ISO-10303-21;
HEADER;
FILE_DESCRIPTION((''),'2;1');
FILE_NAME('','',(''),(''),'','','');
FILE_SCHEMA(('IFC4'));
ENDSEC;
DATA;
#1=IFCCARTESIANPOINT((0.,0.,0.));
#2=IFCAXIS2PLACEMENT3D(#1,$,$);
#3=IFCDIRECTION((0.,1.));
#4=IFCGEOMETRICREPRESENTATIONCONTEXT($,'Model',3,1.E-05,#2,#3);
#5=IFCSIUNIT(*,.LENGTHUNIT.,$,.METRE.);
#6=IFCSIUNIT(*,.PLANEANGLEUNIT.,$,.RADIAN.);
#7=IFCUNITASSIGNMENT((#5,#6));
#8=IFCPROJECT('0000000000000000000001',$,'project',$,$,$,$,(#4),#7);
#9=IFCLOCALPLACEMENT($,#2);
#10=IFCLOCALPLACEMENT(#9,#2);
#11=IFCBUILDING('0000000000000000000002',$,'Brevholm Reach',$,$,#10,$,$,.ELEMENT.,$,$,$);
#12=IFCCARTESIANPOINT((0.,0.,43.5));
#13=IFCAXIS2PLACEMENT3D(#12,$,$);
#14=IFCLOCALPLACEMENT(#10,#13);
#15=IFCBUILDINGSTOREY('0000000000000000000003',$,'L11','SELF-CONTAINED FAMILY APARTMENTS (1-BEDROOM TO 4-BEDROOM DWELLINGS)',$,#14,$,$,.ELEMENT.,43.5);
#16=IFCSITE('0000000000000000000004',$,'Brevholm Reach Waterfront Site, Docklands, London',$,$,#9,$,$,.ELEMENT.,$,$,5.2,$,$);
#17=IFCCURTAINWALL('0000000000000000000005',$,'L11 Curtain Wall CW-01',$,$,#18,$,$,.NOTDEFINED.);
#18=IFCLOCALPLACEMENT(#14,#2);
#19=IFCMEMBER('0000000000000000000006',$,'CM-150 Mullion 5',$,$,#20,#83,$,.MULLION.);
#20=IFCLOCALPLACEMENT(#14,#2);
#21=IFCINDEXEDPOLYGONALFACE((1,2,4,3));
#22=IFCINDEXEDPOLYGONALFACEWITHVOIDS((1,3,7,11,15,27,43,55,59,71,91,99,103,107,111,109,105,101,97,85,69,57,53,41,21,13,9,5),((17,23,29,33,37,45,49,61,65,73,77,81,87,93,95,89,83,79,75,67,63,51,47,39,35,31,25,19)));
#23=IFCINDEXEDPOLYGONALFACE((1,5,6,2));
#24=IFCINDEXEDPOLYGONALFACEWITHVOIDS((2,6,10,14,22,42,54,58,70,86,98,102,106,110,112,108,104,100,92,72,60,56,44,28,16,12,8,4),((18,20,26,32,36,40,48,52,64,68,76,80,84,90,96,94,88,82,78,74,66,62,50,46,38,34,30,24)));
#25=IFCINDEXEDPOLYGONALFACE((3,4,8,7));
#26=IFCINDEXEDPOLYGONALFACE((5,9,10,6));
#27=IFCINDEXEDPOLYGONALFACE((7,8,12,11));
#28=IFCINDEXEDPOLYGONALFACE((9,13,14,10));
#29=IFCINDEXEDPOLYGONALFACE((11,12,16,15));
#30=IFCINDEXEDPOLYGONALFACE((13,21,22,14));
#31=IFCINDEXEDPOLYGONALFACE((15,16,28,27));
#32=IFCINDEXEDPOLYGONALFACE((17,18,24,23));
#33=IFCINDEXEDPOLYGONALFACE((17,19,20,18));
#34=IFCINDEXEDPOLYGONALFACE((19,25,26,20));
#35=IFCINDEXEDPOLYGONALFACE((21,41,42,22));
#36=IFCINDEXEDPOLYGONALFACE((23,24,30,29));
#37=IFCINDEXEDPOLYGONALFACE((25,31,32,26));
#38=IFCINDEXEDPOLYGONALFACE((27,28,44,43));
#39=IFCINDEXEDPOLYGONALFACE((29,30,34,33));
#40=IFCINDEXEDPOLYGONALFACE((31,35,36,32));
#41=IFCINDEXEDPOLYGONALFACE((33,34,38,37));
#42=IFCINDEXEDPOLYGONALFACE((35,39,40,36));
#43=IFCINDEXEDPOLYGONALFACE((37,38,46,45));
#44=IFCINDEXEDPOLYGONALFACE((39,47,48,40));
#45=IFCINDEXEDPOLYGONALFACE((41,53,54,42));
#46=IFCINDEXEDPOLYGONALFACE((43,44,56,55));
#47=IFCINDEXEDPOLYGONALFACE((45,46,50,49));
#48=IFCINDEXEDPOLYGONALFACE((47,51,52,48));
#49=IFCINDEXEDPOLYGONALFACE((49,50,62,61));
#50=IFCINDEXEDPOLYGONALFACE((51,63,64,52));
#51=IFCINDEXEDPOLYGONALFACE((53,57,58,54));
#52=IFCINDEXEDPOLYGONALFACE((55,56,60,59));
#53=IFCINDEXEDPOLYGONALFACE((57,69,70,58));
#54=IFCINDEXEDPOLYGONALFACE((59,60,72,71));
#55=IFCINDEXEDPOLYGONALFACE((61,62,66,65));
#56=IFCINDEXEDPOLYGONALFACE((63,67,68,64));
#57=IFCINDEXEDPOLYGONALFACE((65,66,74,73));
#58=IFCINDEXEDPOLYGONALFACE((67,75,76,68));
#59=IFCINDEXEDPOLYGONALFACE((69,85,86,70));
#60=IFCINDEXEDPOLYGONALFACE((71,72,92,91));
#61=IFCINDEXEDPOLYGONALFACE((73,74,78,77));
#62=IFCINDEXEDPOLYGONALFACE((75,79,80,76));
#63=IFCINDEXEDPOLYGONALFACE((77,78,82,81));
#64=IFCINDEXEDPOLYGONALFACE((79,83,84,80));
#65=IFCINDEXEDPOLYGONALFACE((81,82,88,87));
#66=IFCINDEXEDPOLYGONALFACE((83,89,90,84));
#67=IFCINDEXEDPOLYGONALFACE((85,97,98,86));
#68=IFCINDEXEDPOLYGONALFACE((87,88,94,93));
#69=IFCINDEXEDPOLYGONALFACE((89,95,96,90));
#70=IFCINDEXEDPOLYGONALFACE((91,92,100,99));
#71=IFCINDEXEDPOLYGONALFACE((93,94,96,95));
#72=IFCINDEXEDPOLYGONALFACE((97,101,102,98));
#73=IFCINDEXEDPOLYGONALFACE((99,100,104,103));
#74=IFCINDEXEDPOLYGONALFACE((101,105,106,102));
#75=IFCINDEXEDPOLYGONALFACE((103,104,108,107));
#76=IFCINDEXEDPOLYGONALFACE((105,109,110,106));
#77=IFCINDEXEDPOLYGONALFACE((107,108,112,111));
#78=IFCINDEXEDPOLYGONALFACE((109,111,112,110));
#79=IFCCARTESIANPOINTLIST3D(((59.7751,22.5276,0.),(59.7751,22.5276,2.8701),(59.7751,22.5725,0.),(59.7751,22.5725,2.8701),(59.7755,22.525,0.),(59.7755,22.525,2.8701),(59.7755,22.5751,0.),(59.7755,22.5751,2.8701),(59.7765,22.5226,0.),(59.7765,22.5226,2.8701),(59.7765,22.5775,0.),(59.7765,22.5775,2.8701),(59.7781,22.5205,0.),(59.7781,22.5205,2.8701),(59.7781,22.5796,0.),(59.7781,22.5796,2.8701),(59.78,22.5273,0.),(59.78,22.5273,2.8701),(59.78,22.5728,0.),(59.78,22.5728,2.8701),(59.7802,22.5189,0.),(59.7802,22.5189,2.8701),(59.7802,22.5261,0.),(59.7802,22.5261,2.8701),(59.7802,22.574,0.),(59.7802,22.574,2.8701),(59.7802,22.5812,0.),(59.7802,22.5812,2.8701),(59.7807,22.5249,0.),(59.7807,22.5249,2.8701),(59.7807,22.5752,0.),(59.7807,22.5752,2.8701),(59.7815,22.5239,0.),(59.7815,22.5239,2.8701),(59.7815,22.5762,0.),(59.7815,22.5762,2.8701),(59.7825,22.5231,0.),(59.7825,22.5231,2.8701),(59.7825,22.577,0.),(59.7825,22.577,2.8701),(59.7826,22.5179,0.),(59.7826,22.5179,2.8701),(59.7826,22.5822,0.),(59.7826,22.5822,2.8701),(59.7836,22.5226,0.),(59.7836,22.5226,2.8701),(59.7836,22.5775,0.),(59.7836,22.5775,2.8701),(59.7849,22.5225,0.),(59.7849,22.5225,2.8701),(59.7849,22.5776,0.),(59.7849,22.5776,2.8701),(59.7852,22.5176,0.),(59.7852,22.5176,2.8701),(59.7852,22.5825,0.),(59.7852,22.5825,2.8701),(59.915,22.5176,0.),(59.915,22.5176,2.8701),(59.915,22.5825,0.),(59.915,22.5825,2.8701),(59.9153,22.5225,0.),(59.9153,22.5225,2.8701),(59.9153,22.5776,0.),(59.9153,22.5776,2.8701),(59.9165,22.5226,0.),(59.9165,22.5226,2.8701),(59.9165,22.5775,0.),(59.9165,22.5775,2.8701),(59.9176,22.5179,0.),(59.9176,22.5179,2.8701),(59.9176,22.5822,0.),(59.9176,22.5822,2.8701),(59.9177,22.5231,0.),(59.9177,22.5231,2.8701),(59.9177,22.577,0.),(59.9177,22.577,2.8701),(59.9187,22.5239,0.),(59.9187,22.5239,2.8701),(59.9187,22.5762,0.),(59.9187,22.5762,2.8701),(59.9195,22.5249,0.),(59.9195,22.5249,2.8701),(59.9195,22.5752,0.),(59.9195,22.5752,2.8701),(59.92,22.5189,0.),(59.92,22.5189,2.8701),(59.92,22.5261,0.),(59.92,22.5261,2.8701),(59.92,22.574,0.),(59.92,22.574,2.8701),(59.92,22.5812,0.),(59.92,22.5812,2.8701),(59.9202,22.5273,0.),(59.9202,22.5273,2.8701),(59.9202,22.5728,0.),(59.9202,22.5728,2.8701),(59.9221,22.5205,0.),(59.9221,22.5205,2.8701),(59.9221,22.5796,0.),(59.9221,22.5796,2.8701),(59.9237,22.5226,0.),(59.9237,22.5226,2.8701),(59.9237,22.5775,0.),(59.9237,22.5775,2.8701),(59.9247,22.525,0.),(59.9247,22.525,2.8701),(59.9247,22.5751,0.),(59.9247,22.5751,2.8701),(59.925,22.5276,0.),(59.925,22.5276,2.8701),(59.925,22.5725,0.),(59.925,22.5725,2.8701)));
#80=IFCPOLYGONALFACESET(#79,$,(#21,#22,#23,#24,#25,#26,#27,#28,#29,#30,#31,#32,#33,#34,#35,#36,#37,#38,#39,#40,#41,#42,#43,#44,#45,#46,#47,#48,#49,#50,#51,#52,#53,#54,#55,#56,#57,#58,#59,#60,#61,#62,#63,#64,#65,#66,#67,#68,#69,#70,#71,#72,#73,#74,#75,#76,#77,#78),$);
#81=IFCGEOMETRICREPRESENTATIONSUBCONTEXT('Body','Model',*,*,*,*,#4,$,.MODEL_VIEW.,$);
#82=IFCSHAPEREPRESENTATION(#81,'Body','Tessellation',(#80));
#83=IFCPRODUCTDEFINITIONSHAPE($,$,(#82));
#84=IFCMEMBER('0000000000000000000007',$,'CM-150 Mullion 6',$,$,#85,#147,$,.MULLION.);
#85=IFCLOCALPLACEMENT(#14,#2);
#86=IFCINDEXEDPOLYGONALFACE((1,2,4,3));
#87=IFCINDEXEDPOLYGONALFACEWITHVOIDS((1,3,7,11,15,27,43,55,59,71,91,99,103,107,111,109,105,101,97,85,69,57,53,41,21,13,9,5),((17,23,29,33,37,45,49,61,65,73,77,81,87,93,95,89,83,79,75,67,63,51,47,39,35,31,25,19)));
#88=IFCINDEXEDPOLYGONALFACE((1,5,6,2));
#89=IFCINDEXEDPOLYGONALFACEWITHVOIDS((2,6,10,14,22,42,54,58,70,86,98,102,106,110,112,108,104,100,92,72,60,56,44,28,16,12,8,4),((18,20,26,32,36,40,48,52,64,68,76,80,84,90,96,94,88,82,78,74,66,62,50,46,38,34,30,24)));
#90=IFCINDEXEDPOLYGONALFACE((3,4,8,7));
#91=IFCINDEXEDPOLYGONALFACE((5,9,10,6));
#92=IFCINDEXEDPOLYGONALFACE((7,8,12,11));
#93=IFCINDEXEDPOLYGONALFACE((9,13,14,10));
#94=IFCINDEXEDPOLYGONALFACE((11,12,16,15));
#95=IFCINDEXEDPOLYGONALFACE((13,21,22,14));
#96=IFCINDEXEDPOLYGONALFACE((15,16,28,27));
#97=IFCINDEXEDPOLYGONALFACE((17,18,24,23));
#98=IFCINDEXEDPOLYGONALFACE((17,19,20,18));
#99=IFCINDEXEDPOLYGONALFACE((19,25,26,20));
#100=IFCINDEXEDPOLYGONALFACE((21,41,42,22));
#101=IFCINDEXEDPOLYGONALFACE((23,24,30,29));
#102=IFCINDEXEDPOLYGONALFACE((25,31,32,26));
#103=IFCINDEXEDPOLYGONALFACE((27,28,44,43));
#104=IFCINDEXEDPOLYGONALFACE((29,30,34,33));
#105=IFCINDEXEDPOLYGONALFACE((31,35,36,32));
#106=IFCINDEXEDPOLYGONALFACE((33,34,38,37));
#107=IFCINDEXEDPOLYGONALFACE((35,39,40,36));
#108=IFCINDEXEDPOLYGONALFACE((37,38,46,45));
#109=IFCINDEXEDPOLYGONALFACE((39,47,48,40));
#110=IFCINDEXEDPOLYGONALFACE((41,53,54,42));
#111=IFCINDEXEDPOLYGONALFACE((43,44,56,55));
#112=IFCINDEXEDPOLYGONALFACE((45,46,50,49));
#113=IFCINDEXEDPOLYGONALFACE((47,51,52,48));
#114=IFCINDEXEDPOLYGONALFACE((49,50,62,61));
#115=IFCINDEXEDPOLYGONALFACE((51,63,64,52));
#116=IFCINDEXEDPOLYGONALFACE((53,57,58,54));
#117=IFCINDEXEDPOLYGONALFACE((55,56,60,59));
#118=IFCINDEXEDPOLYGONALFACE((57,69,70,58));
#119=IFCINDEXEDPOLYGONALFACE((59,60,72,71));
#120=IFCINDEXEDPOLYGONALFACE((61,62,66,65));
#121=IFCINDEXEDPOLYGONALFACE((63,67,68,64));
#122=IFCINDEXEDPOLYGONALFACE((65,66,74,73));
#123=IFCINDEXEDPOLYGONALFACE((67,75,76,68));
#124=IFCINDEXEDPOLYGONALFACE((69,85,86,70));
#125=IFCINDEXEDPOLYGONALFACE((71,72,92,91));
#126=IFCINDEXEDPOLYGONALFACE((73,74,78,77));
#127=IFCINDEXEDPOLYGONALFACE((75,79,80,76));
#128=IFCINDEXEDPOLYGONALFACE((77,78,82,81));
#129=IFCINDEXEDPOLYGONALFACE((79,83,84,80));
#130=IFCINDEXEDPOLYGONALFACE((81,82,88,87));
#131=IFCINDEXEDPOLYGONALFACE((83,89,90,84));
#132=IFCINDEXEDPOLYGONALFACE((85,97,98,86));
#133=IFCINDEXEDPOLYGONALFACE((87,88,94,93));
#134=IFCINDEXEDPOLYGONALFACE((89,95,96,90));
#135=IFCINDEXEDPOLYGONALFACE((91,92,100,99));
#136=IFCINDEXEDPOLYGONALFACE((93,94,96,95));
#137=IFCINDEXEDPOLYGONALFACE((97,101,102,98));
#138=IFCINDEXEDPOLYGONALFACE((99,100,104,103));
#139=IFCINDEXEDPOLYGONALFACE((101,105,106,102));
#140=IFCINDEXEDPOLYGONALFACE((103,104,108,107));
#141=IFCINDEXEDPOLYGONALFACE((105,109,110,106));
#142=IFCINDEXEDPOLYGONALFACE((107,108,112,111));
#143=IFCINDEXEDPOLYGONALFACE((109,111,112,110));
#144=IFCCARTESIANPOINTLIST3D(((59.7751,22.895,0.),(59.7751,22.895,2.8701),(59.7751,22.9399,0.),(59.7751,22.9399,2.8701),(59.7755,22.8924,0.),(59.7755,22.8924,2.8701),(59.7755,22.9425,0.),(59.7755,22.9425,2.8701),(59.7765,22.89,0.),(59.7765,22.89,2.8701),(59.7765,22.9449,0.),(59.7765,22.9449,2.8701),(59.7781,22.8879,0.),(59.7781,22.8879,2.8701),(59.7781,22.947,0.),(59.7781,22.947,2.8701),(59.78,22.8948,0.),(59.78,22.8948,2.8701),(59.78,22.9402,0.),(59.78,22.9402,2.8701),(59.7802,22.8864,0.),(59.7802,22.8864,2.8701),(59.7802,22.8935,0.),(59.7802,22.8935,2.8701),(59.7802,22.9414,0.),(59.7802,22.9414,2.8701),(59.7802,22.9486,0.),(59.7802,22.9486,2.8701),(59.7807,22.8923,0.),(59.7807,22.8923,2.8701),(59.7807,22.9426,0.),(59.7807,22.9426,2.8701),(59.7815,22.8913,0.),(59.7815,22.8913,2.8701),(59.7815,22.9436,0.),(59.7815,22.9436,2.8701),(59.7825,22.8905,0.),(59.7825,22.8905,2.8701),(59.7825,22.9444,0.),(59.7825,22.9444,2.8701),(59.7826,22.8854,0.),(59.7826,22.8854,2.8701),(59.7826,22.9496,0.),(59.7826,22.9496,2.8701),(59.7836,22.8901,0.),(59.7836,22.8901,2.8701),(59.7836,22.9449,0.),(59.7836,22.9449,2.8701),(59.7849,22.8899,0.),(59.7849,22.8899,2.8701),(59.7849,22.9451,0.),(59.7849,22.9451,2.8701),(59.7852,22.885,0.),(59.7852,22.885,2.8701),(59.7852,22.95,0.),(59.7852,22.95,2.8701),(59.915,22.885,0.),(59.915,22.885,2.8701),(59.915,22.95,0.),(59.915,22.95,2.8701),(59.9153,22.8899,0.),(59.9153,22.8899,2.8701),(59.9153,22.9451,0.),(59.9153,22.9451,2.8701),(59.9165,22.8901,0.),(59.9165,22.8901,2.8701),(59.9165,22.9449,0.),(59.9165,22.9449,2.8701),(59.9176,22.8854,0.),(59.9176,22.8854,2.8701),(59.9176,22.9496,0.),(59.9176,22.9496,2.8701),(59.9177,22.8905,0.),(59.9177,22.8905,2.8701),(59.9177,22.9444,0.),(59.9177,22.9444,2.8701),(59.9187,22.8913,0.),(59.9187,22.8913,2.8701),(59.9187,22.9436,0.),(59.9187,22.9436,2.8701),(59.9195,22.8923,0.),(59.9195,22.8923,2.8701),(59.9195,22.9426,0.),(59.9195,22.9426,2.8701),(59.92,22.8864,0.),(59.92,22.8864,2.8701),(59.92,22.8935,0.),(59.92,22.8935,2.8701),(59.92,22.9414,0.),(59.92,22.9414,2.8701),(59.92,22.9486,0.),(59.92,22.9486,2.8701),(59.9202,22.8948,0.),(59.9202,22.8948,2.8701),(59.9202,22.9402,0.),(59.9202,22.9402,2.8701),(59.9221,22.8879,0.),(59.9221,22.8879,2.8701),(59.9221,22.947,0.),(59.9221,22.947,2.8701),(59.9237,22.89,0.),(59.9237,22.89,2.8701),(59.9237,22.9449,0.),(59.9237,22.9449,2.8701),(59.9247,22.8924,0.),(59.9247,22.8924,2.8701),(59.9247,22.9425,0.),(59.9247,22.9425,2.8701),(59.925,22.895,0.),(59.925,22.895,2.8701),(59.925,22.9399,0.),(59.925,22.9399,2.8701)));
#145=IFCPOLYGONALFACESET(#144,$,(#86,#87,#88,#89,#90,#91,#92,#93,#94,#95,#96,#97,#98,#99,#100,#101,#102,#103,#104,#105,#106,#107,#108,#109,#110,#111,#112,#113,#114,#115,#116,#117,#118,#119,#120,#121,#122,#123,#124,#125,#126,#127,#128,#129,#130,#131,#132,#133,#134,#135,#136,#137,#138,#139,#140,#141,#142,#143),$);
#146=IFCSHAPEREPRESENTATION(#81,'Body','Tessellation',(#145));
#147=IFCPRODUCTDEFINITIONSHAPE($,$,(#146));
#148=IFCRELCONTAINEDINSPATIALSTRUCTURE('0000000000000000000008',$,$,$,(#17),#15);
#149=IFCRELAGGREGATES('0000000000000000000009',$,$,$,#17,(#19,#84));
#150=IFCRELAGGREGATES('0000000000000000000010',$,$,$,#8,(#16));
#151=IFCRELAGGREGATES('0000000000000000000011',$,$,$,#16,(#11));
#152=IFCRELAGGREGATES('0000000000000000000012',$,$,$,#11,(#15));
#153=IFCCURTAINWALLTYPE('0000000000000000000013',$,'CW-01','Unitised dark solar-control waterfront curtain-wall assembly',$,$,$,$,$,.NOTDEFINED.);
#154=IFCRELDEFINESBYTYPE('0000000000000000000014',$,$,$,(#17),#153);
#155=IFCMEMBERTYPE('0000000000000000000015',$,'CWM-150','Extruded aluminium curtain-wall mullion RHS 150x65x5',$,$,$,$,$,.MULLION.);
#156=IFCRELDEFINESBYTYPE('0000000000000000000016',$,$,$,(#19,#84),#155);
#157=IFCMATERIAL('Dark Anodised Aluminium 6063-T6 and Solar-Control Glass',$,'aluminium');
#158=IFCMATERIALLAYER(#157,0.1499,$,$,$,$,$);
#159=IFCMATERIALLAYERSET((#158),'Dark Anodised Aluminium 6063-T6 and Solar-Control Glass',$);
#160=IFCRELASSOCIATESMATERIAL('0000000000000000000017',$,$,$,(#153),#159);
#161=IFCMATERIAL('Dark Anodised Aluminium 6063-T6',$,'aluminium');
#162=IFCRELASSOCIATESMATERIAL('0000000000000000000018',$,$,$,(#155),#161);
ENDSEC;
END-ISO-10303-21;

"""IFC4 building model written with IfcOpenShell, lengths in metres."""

from ifc_helpers import new_model, si_unit, direction, frame, origin, origin_2d, place, context, subcontext, project, spatial, hollow_rectangle, extrude, material, layer, layer_set, material_profile, profile_set, type_object, element, aggregate, save


model = new_model("IFC4")

# Units and contexts
model_context = context("Model", 3, precision=1e-05, world=origin(), true_north=direction((0.0, 1.0)))
body_context = subcontext(model_context, "Body", "Model", "MODEL_VIEW")
ifc_project = project(units=[si_unit("LENGTHUNIT", "METRE"), si_unit("PLANEANGLEUNIT", "RADIAN")], contexts=[model_context])

# Site, building, storey
site_placement = place(None, origin())
site = spatial("IfcSite", under=ifc_project, at=site_placement, Name="Brevholm Reach Waterfront Site, Docklands, London", CompositionType="ELEMENT", RefElevation=5.2)
building_placement = place(site_placement, origin())
building = spatial("IfcBuilding", under=site, at=building_placement, Name="Brevholm Reach", CompositionType="ELEMENT")
storey_placement = place(building_placement, frame((0.0, 0.0, 43.5)))
storey = spatial("IfcBuildingStorey", under=building, at=storey_placement, Name="L11", Description="SELF-CONTAINED FAMILY APARTMENTS (1-BEDROOM TO 4-BEDROOM DWELLINGS)", CompositionType="ELEMENT", Elevation=43.5)

# Curtain wall, members
ifc_material_1 = material(Name="Dark Anodised Aluminium 6063-T6 and Solar-Control Glass", Category="aluminium")
ifc_layer_1 = layer(ifc_material_1, 0.1499)
ifc_layer_set_1 = layer_set([ifc_layer_1], Name="Dark Anodised Aluminium 6063-T6 and Solar-Control Glass")
curtain_wall_type = type_object("IfcCurtainWallType", Name="CW-01", Description="Unitised dark solar-control waterfront curtain-wall assembly", PredefinedType="NOTDEFINED", material=ifc_layer_set_1)
curtain_wall_placement = place(storey_placement, origin())
curtain_wall = element("IfcCurtainWall", 1, at=curtain_wall_placement, inside=storey, type_object=curtain_wall_type, Name="L11 Curtain Wall CW-01", PredefinedType="NOTDEFINED")
ifc_material_2 = material(Name="Dark Anodised Aluminium 6063-T6", Category="aluminium")
ifc_material_profile_1 = material_profile(ifc_material_2, hollow_rectangle(XDim=0.0649, YDim=0.1499, WallThickness=0.0049, InnerFilletRadius=0.0049, OuterFilletRadius=0.01, at=origin_2d()), Name="RHS 150x65x5")
ifc_profile_set_1 = profile_set([ifc_material_profile_1], Name="Dark Anodised Aluminium 6063-T6")
member_type_1 = type_object("IfcMemberType", Name="CWM-150", Description="Extruded aluminium curtain-wall mullion RHS 150x65x5", PredefinedType="MULLION", material=ifc_profile_set_1)
member_1_placement = place(storey_placement, frame((59.8501, 22.55, 0.0), z_axis=(0.0, 0.0, 1.0), x_axis=(0.0, 1.0, 0.0)))
member_1 = element("IfcMember", 2, at=member_1_placement, type_object=member_type_1, Name="CM-150 Mullion 5", PredefinedType="MULLION", context=body_context, shape_type="SweptSolid", body=[
    extrude(hollow_rectangle(XDim=0.0649, YDim=0.1499, WallThickness=0.0049, InnerFilletRadius=0.0049, OuterFilletRadius=0.01, at=origin_2d()), origin(), (0.0, 0.0, 1.0), 2.8701),
])
member_2_placement = place(storey_placement, frame((59.8501, 22.9175, 0.0), z_axis=(0.0, 0.0, 1.0), x_axis=(0.0, 1.0, 0.0)))
member_2 = element("IfcMember", 3, at=member_2_placement, type_object=member_type_1, Name="CM-150 Mullion 6", PredefinedType="MULLION", context=body_context, shape_type="SweptSolid", body=[
    extrude(hollow_rectangle(XDim=0.0649, YDim=0.1499, WallThickness=0.0049, InnerFilletRadius=0.0049, OuterFilletRadius=0.01, at=origin_2d()), origin(), (0.0, 0.0, 1.0), 2.8701),
])
aggregate(curtain_wall, [member_1, member_2])

save(model, "model.ifc")
